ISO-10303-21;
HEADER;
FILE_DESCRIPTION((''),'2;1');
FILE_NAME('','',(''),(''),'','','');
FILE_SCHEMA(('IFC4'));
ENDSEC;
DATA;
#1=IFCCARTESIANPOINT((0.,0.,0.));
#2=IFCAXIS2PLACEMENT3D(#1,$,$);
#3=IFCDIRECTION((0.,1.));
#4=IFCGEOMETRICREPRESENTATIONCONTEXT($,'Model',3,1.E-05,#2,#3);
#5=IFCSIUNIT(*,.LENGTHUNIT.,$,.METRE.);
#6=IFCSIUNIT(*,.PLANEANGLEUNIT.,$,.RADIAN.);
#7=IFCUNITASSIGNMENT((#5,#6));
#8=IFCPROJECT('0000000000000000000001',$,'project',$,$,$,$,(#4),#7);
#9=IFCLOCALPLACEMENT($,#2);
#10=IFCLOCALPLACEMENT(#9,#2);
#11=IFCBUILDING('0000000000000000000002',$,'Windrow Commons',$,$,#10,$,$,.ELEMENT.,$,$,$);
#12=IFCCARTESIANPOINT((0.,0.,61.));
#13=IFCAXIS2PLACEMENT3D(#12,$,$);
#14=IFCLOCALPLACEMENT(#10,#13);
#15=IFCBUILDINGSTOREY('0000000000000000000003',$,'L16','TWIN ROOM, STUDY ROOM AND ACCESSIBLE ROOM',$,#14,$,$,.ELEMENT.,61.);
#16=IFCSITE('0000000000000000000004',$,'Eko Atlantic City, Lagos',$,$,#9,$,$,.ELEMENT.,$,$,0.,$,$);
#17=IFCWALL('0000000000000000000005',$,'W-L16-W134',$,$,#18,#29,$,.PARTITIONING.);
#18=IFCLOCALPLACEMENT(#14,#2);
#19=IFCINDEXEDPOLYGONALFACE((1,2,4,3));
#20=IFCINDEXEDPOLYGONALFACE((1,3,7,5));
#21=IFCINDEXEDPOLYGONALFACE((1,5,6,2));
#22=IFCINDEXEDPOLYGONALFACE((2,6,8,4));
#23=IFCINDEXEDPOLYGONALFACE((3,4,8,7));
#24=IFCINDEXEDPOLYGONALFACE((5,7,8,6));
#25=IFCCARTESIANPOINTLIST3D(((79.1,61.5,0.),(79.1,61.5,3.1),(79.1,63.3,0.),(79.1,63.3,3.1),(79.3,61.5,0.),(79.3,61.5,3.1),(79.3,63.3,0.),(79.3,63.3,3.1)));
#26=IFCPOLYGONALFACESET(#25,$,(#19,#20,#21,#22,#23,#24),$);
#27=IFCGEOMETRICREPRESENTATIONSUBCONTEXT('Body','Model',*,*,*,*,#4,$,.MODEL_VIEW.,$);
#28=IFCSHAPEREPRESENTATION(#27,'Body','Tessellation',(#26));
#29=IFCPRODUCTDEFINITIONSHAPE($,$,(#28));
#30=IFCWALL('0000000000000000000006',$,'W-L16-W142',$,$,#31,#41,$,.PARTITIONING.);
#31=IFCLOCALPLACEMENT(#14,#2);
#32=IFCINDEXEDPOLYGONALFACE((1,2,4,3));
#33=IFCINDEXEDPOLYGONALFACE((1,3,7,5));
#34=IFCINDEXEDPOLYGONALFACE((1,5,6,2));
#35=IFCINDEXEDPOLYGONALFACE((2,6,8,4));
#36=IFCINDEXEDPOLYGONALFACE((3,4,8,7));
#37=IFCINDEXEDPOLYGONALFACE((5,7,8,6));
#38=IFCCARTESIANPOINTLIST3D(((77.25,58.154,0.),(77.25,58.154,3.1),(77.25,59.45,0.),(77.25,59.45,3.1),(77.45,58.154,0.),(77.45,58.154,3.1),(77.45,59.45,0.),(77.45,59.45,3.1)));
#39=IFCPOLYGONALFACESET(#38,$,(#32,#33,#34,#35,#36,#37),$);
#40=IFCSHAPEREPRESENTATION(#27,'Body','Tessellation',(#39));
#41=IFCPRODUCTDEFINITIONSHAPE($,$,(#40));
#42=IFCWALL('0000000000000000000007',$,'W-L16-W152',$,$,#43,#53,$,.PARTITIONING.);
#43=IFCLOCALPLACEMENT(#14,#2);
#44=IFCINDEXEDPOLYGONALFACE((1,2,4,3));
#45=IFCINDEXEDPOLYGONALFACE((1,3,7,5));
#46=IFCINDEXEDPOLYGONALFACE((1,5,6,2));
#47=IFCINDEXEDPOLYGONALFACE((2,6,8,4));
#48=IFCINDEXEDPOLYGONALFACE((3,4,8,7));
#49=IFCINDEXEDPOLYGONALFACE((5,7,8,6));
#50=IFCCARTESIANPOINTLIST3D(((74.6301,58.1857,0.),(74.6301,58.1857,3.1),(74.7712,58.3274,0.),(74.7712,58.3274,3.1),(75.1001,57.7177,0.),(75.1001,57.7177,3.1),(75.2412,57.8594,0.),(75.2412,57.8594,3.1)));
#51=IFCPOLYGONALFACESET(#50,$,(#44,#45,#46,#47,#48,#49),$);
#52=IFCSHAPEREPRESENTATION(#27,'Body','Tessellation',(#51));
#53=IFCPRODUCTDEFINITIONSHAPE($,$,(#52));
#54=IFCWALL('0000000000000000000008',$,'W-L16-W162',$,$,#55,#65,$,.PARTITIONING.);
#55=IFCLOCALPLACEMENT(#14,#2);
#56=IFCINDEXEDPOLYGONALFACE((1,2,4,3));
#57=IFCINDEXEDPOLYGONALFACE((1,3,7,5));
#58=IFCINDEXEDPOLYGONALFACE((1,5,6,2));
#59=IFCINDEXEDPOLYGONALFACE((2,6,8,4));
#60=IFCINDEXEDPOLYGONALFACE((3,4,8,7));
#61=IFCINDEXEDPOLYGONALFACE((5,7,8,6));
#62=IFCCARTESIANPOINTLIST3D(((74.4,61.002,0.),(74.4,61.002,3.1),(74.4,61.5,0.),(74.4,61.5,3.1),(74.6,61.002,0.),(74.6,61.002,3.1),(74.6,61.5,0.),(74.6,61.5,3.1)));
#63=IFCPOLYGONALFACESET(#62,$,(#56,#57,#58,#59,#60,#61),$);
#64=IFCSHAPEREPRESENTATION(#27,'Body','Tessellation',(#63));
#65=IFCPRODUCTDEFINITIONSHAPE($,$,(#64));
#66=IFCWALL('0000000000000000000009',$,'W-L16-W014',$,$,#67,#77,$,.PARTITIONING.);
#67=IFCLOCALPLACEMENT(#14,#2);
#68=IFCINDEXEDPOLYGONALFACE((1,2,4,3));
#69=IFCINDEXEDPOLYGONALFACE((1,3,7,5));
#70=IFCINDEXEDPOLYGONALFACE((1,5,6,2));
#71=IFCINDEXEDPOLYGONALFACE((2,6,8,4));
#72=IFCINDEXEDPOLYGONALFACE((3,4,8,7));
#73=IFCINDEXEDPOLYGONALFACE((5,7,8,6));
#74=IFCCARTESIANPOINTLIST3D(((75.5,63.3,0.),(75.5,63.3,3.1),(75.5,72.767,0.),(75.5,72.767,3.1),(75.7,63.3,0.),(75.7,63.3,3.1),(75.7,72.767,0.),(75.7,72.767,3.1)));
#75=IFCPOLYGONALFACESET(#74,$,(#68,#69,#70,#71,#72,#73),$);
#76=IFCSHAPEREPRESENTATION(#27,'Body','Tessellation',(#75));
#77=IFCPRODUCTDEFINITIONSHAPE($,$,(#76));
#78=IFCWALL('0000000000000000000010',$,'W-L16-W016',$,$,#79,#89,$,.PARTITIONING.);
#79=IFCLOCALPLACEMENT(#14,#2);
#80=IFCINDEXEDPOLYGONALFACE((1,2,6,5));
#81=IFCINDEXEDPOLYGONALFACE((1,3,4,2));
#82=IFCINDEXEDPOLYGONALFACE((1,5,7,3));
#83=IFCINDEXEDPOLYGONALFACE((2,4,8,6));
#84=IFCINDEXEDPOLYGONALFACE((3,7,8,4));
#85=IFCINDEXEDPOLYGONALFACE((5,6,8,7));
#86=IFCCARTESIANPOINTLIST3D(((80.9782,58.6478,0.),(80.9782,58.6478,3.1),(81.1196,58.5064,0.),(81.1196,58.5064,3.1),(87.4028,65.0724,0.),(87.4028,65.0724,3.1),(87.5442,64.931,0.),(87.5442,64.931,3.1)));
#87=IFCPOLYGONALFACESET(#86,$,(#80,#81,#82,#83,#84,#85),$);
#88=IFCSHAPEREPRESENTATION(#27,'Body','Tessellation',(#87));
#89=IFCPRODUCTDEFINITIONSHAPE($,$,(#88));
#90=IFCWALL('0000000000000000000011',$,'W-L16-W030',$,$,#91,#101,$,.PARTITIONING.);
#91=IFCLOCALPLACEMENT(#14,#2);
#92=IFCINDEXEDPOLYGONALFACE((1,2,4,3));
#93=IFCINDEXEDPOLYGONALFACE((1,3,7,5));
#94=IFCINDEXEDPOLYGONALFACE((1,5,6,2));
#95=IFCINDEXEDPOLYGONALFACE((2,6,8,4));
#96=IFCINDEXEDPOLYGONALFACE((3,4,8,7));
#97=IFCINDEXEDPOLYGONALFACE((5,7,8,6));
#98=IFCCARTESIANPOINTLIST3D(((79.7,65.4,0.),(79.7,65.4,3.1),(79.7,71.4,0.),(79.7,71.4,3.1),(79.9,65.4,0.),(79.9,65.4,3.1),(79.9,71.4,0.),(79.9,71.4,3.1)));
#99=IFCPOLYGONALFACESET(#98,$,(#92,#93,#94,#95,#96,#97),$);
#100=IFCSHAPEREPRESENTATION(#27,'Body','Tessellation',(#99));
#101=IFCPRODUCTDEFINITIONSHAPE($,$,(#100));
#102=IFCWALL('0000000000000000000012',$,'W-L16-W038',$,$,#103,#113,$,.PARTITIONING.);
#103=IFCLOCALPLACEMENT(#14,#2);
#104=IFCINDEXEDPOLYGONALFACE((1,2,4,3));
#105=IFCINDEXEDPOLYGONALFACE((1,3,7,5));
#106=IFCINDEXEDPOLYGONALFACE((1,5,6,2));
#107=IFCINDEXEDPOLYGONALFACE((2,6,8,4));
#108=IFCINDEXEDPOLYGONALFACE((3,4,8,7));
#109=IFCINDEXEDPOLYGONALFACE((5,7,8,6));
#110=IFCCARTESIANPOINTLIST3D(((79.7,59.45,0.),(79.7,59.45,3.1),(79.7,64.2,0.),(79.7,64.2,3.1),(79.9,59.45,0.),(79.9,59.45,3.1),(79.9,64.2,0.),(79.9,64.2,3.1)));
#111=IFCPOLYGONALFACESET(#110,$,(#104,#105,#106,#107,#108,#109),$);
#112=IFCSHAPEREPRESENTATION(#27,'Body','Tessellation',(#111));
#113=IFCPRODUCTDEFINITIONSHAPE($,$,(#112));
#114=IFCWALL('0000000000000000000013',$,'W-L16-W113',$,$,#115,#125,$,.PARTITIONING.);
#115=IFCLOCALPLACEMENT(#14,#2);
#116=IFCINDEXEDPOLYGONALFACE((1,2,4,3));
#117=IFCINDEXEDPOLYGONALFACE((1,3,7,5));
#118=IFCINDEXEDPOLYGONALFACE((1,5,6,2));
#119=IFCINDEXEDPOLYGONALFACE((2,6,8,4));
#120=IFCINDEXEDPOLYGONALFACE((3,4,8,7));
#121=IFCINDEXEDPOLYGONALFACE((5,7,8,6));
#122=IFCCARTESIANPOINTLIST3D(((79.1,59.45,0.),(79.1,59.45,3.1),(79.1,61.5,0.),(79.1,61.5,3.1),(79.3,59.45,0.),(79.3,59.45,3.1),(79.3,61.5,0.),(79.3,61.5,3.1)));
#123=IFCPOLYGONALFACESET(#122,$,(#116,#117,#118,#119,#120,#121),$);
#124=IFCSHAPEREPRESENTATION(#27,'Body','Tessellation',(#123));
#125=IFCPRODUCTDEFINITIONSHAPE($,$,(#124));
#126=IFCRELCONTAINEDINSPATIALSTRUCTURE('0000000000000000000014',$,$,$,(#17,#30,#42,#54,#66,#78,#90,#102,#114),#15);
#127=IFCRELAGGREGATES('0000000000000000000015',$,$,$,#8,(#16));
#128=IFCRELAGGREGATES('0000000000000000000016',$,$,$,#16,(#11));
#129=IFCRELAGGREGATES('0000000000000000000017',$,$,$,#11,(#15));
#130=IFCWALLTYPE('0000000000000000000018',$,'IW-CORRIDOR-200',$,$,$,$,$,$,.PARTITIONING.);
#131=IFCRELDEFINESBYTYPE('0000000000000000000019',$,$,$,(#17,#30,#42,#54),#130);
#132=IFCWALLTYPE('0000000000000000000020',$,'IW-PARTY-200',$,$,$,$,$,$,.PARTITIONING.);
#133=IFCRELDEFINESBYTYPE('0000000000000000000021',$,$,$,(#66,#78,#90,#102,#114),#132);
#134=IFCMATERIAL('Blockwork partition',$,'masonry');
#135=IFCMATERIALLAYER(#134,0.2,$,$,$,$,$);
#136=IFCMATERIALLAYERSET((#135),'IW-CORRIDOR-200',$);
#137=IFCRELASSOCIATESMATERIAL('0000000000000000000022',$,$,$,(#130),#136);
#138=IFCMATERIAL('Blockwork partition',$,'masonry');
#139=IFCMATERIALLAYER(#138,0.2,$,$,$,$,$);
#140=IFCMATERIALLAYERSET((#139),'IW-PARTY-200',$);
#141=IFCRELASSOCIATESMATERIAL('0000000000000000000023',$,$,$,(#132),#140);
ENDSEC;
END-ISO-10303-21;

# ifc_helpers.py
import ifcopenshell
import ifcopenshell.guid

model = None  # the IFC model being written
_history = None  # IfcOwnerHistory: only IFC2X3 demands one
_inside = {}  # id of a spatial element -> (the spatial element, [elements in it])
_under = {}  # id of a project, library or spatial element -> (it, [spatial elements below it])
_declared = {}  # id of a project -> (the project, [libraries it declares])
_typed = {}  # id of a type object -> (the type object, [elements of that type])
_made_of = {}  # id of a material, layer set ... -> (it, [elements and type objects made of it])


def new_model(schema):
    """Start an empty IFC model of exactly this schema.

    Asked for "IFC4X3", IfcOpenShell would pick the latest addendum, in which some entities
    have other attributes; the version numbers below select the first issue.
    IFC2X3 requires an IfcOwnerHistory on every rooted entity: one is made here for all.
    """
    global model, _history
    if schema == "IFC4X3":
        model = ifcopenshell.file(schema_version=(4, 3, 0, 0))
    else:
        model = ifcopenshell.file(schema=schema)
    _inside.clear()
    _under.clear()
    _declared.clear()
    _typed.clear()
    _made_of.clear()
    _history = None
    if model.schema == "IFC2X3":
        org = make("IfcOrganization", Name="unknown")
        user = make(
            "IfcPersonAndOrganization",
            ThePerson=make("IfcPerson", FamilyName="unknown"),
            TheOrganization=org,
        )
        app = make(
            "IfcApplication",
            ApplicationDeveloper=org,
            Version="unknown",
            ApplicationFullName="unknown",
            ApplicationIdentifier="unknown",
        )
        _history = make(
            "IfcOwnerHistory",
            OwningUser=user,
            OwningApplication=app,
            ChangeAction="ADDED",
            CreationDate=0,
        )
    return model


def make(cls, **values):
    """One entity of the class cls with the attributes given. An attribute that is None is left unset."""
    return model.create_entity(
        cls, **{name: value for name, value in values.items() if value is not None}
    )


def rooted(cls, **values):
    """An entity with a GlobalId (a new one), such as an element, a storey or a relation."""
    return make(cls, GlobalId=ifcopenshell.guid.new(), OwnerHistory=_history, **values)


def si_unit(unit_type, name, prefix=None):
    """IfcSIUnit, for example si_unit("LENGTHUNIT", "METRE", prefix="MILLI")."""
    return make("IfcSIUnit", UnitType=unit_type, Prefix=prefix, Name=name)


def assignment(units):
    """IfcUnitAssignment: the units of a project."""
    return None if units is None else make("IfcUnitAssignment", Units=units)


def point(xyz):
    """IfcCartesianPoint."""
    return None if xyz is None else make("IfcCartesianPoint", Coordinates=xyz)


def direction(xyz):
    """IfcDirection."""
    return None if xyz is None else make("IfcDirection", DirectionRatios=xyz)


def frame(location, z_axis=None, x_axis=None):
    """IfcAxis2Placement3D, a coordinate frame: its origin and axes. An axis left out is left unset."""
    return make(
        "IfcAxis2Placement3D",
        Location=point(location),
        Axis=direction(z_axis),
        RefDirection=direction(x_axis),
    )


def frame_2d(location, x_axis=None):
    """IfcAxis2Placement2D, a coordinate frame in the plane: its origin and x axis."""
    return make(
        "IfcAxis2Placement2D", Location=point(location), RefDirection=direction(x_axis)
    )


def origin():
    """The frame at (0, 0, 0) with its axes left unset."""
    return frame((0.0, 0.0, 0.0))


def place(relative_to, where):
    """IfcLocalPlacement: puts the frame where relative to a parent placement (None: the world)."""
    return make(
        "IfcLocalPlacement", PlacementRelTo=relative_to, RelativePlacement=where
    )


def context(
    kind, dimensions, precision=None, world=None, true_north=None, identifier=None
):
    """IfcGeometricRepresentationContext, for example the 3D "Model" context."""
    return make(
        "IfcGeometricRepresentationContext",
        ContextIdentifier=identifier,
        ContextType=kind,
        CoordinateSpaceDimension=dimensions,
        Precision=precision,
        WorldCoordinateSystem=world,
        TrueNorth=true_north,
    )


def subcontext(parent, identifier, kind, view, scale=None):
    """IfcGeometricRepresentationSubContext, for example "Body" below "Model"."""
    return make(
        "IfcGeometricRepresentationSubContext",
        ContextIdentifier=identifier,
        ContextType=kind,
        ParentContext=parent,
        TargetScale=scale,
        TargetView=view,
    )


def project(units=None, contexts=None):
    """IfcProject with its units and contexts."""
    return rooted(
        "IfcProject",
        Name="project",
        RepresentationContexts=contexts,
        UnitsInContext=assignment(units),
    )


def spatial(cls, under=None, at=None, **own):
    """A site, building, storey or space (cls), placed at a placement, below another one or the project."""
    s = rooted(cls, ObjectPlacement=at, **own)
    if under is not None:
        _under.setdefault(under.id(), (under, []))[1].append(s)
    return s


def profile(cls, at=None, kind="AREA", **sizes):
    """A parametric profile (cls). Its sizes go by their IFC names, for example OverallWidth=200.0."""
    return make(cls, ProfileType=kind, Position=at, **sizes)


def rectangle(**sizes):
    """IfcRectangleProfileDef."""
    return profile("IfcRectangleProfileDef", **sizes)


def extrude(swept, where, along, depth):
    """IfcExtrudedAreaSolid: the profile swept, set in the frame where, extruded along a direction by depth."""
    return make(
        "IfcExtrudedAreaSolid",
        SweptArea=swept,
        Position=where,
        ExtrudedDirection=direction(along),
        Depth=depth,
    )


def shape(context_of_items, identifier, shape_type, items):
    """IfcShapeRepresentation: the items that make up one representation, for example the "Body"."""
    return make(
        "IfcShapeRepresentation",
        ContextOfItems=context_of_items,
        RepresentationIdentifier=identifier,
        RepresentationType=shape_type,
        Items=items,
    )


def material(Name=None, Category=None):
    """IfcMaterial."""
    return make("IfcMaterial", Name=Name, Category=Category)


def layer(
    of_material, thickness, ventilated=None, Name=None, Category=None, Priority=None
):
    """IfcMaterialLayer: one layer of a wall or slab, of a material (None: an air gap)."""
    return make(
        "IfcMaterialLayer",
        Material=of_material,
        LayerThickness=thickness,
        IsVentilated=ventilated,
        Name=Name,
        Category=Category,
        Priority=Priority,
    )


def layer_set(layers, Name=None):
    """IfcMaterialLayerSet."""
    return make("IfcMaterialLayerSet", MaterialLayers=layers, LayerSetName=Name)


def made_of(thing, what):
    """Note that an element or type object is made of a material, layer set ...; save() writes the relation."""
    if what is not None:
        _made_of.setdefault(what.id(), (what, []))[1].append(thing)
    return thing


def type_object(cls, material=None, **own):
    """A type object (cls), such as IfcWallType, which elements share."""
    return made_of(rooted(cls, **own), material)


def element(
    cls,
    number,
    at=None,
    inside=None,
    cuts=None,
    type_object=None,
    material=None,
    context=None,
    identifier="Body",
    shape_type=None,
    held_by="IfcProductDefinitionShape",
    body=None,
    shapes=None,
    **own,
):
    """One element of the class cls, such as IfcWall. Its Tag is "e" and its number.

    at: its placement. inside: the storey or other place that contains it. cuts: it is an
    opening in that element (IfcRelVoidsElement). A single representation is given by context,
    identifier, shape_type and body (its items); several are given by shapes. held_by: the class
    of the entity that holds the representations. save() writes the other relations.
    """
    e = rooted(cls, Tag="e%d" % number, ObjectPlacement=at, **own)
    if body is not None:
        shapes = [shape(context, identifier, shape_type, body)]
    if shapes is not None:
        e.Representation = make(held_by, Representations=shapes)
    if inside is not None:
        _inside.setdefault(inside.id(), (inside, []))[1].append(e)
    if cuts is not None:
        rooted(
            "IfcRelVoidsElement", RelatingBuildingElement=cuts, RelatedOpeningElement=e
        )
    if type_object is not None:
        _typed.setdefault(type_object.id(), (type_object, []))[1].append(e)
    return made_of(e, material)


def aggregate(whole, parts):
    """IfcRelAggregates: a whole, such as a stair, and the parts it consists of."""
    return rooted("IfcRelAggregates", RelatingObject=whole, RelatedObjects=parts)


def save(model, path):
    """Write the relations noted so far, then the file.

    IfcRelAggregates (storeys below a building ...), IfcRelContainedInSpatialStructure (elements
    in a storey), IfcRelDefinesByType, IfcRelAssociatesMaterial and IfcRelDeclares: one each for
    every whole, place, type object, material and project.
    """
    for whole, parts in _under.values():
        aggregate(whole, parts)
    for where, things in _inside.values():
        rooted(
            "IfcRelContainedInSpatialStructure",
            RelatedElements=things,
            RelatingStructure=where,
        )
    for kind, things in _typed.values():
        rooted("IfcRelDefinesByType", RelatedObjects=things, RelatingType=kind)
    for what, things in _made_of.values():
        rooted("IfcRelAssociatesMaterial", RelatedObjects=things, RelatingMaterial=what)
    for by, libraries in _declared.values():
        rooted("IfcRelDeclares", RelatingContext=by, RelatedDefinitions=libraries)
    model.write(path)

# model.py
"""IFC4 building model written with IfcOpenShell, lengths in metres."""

from ifc_helpers import new_model, si_unit, direction, frame, frame_2d, origin, place, context, subcontext, project, spatial, rectangle, extrude, material, layer, layer_set, type_object, element, save


model = new_model("IFC4")

# Units and contexts
model_context = context("Model", 3, precision=1e-05, world=origin(), true_north=direction((0.0, 1.0)))
body_context = subcontext(model_context, "Body", "Model", "MODEL_VIEW")
ifc_project = project(units=[si_unit("LENGTHUNIT", "METRE"), si_unit("PLANEANGLEUNIT", "RADIAN")], contexts=[model_context])

# Site, building, storey
site_placement = place(None, origin())
site = spatial("IfcSite", under=ifc_project, at=site_placement, Name="Eko Atlantic City, Lagos", CompositionType="ELEMENT", RefElevation=0.0)
building_placement = place(site_placement, origin())
building = spatial("IfcBuilding", under=site, at=building_placement, Name="Windrow Commons", CompositionType="ELEMENT")
storey_placement = place(building_placement, frame((0.0, 0.0, 61.0)))
storey = spatial("IfcBuildingStorey", under=building, at=storey_placement, Name="L16", Description="TWIN ROOM, STUDY ROOM AND ACCESSIBLE ROOM", CompositionType="ELEMENT", Elevation=61.0)

# Shared definitions
ifc_material_1 = material(Name="Blockwork partition", Category="masonry")
ifc_layer_1 = layer(ifc_material_1, 0.2)
ifc_layer_set_1 = layer_set([ifc_layer_1], Name="IW-CORRIDOR-200")
wall_type_1 = type_object("IfcWallType", Name="IW-CORRIDOR-200", PredefinedType="PARTITIONING", material=ifc_layer_set_1)

# Walls
wall_1_placement = place(storey_placement, frame((79.2, 61.5, 0.0), z_axis=(0.0, 0.0, 1.0), x_axis=(0.0, 1.0, 0.0)))
element("IfcWall", 1, at=wall_1_placement, inside=storey, type_object=wall_type_1, Name="W-L16-W134", PredefinedType="PARTITIONING", context=body_context, shape_type="SweptSolid", body=[
    extrude(rectangle(XDim=1.8, YDim=0.2, at=frame_2d((0.9, 0.0))), origin(), (0.0, 0.0, 1.0), 3.1),
])
wall_2_placement = place(storey_placement, frame((77.35, 58.154, 0.0), z_axis=(0.0, 0.0, 1.0), x_axis=(0.0, 1.0, 0.0)))
element("IfcWall", 2, at=wall_2_placement, inside=storey, type_object=wall_type_1, Name="W-L16-W142", PredefinedType="PARTITIONING", context=body_context, shape_type="SweptSolid", body=[
    extrude(rectangle(XDim=1.296, YDim=0.2, at=frame_2d((0.648, 0.0))), origin(), (0.0, 0.0, 1.0), 3.1),
])
wall_3_placement = place(storey_placement, frame((74.7006, 58.2566, 0.0), z_axis=(0.0, 0.0, 1.0), x_axis=(0.708613, -0.705597, 0.0)))
element("IfcWall", 3, at=wall_3_placement, inside=storey, type_object=wall_type_1, Name="W-L16-W152", PredefinedType="PARTITIONING", context=body_context, shape_type="SweptSolid", body=[
    extrude(rectangle(XDim=0.6633, YDim=0.2, at=frame_2d((0.3317, 0.0))), origin(), (0.0, 0.0, 1.0), 3.1),
])
wall_4_placement = place(storey_placement, frame((74.5, 61.002, 0.0), z_axis=(0.0, 0.0, 1.0), x_axis=(0.0, 1.0, 0.0)))
element("IfcWall", 4, at=wall_4_placement, inside=storey, type_object=wall_type_1, Name="W-L16-W162", PredefinedType="PARTITIONING", context=body_context, shape_type="SweptSolid", body=[
    extrude(rectangle(XDim=0.498, YDim=0.2, at=frame_2d((0.249, 0.0))), origin(), (0.0, 0.0, 1.0), 3.1),
])
ifc_material_2 = material(Name="Blockwork partition", Category="masonry")
ifc_layer_2 = layer(ifc_material_2, 0.2)
ifc_layer_set_2 = layer_set([ifc_layer_2], Name="IW-PARTY-200")
wall_type_2 = type_object("IfcWallType", Name="IW-PARTY-200", PredefinedType="PARTITIONING", material=ifc_layer_set_2)
wall_5_placement = place(storey_placement, frame((75.6, 63.3, 0.0), z_axis=(0.0, 0.0, 1.0), x_axis=(0.0, 1.0, 0.0)))
element("IfcWall", 5, at=wall_5_placement, inside=storey, type_object=wall_type_2, Name="W-L16-W014", PredefinedType="PARTITIONING", context=body_context, shape_type="SweptSolid", body=[
    extrude(rectangle(XDim=9.467, YDim=0.2, at=frame_2d((4.7335, 0.0))), origin(), (0.0, 0.0, 1.0), 3.1),
])
wall_6_placement = place(storey_placement, frame((81.0489, 58.5771, 0.0), z_axis=(0.0, 0.0, 1.0), x_axis=(0.707107, 0.707107, 0.0)))
element("IfcWall", 6, at=wall_6_placement, inside=storey, type_object=wall_type_2, Name="W-L16-W016", PredefinedType="PARTITIONING", context=body_context, shape_type="SweptSolid", body=[
    extrude(rectangle(XDim=9.0858, YDim=0.2, at=frame_2d((4.5429, 0.0))), origin(), (0.0, 0.0, 1.0), 3.1),
])
wall_7_placement = place(storey_placement, frame((79.8, 65.4, 0.0), z_axis=(0.0, 0.0, 1.0), x_axis=(0.0, 1.0, 0.0)))
element("IfcWall", 7, at=wall_7_placement, inside=storey, type_object=wall_type_2, Name="W-L16-W030", PredefinedType="PARTITIONING", context=body_context, shape_type="SweptSolid", body=[
    extrude(rectangle(XDim=6.0, YDim=0.2, at=frame_2d((3.0, 0.0))), origin(), (0.0, 0.0, 1.0), 3.1),
])
wall_8_placement = place(storey_placement, frame((79.8, 59.45, 0.0), z_axis=(0.0, 0.0, 1.0), x_axis=(0.0, 1.0, 0.0)))
element("IfcWall", 8, at=wall_8_placement, inside=storey, type_object=wall_type_2, Name="W-L16-W038", PredefinedType="PARTITIONING", context=body_context, shape_type="SweptSolid", body=[
    extrude(rectangle(XDim=4.75, YDim=0.2, at=frame_2d((2.375, 0.0))), origin(), (0.0, 0.0, 1.0), 3.1),
])
wall_9_placement = place(storey_placement, frame((79.2, 59.45, 0.0), z_axis=(0.0, 0.0, 1.0), x_axis=(0.0, 1.0, 0.0)))
element("IfcWall", 9, at=wall_9_placement, inside=storey, type_object=wall_type_2, Name="W-L16-W113", PredefinedType="PARTITIONING", context=body_context, shape_type="SweptSolid", body=[
    extrude(rectangle(XDim=2.05, YDim=0.2, at=frame_2d((1.025, 0.0))), origin(), (0.0, 0.0, 1.0), 3.1),
])

save(model, "model.ifc")
